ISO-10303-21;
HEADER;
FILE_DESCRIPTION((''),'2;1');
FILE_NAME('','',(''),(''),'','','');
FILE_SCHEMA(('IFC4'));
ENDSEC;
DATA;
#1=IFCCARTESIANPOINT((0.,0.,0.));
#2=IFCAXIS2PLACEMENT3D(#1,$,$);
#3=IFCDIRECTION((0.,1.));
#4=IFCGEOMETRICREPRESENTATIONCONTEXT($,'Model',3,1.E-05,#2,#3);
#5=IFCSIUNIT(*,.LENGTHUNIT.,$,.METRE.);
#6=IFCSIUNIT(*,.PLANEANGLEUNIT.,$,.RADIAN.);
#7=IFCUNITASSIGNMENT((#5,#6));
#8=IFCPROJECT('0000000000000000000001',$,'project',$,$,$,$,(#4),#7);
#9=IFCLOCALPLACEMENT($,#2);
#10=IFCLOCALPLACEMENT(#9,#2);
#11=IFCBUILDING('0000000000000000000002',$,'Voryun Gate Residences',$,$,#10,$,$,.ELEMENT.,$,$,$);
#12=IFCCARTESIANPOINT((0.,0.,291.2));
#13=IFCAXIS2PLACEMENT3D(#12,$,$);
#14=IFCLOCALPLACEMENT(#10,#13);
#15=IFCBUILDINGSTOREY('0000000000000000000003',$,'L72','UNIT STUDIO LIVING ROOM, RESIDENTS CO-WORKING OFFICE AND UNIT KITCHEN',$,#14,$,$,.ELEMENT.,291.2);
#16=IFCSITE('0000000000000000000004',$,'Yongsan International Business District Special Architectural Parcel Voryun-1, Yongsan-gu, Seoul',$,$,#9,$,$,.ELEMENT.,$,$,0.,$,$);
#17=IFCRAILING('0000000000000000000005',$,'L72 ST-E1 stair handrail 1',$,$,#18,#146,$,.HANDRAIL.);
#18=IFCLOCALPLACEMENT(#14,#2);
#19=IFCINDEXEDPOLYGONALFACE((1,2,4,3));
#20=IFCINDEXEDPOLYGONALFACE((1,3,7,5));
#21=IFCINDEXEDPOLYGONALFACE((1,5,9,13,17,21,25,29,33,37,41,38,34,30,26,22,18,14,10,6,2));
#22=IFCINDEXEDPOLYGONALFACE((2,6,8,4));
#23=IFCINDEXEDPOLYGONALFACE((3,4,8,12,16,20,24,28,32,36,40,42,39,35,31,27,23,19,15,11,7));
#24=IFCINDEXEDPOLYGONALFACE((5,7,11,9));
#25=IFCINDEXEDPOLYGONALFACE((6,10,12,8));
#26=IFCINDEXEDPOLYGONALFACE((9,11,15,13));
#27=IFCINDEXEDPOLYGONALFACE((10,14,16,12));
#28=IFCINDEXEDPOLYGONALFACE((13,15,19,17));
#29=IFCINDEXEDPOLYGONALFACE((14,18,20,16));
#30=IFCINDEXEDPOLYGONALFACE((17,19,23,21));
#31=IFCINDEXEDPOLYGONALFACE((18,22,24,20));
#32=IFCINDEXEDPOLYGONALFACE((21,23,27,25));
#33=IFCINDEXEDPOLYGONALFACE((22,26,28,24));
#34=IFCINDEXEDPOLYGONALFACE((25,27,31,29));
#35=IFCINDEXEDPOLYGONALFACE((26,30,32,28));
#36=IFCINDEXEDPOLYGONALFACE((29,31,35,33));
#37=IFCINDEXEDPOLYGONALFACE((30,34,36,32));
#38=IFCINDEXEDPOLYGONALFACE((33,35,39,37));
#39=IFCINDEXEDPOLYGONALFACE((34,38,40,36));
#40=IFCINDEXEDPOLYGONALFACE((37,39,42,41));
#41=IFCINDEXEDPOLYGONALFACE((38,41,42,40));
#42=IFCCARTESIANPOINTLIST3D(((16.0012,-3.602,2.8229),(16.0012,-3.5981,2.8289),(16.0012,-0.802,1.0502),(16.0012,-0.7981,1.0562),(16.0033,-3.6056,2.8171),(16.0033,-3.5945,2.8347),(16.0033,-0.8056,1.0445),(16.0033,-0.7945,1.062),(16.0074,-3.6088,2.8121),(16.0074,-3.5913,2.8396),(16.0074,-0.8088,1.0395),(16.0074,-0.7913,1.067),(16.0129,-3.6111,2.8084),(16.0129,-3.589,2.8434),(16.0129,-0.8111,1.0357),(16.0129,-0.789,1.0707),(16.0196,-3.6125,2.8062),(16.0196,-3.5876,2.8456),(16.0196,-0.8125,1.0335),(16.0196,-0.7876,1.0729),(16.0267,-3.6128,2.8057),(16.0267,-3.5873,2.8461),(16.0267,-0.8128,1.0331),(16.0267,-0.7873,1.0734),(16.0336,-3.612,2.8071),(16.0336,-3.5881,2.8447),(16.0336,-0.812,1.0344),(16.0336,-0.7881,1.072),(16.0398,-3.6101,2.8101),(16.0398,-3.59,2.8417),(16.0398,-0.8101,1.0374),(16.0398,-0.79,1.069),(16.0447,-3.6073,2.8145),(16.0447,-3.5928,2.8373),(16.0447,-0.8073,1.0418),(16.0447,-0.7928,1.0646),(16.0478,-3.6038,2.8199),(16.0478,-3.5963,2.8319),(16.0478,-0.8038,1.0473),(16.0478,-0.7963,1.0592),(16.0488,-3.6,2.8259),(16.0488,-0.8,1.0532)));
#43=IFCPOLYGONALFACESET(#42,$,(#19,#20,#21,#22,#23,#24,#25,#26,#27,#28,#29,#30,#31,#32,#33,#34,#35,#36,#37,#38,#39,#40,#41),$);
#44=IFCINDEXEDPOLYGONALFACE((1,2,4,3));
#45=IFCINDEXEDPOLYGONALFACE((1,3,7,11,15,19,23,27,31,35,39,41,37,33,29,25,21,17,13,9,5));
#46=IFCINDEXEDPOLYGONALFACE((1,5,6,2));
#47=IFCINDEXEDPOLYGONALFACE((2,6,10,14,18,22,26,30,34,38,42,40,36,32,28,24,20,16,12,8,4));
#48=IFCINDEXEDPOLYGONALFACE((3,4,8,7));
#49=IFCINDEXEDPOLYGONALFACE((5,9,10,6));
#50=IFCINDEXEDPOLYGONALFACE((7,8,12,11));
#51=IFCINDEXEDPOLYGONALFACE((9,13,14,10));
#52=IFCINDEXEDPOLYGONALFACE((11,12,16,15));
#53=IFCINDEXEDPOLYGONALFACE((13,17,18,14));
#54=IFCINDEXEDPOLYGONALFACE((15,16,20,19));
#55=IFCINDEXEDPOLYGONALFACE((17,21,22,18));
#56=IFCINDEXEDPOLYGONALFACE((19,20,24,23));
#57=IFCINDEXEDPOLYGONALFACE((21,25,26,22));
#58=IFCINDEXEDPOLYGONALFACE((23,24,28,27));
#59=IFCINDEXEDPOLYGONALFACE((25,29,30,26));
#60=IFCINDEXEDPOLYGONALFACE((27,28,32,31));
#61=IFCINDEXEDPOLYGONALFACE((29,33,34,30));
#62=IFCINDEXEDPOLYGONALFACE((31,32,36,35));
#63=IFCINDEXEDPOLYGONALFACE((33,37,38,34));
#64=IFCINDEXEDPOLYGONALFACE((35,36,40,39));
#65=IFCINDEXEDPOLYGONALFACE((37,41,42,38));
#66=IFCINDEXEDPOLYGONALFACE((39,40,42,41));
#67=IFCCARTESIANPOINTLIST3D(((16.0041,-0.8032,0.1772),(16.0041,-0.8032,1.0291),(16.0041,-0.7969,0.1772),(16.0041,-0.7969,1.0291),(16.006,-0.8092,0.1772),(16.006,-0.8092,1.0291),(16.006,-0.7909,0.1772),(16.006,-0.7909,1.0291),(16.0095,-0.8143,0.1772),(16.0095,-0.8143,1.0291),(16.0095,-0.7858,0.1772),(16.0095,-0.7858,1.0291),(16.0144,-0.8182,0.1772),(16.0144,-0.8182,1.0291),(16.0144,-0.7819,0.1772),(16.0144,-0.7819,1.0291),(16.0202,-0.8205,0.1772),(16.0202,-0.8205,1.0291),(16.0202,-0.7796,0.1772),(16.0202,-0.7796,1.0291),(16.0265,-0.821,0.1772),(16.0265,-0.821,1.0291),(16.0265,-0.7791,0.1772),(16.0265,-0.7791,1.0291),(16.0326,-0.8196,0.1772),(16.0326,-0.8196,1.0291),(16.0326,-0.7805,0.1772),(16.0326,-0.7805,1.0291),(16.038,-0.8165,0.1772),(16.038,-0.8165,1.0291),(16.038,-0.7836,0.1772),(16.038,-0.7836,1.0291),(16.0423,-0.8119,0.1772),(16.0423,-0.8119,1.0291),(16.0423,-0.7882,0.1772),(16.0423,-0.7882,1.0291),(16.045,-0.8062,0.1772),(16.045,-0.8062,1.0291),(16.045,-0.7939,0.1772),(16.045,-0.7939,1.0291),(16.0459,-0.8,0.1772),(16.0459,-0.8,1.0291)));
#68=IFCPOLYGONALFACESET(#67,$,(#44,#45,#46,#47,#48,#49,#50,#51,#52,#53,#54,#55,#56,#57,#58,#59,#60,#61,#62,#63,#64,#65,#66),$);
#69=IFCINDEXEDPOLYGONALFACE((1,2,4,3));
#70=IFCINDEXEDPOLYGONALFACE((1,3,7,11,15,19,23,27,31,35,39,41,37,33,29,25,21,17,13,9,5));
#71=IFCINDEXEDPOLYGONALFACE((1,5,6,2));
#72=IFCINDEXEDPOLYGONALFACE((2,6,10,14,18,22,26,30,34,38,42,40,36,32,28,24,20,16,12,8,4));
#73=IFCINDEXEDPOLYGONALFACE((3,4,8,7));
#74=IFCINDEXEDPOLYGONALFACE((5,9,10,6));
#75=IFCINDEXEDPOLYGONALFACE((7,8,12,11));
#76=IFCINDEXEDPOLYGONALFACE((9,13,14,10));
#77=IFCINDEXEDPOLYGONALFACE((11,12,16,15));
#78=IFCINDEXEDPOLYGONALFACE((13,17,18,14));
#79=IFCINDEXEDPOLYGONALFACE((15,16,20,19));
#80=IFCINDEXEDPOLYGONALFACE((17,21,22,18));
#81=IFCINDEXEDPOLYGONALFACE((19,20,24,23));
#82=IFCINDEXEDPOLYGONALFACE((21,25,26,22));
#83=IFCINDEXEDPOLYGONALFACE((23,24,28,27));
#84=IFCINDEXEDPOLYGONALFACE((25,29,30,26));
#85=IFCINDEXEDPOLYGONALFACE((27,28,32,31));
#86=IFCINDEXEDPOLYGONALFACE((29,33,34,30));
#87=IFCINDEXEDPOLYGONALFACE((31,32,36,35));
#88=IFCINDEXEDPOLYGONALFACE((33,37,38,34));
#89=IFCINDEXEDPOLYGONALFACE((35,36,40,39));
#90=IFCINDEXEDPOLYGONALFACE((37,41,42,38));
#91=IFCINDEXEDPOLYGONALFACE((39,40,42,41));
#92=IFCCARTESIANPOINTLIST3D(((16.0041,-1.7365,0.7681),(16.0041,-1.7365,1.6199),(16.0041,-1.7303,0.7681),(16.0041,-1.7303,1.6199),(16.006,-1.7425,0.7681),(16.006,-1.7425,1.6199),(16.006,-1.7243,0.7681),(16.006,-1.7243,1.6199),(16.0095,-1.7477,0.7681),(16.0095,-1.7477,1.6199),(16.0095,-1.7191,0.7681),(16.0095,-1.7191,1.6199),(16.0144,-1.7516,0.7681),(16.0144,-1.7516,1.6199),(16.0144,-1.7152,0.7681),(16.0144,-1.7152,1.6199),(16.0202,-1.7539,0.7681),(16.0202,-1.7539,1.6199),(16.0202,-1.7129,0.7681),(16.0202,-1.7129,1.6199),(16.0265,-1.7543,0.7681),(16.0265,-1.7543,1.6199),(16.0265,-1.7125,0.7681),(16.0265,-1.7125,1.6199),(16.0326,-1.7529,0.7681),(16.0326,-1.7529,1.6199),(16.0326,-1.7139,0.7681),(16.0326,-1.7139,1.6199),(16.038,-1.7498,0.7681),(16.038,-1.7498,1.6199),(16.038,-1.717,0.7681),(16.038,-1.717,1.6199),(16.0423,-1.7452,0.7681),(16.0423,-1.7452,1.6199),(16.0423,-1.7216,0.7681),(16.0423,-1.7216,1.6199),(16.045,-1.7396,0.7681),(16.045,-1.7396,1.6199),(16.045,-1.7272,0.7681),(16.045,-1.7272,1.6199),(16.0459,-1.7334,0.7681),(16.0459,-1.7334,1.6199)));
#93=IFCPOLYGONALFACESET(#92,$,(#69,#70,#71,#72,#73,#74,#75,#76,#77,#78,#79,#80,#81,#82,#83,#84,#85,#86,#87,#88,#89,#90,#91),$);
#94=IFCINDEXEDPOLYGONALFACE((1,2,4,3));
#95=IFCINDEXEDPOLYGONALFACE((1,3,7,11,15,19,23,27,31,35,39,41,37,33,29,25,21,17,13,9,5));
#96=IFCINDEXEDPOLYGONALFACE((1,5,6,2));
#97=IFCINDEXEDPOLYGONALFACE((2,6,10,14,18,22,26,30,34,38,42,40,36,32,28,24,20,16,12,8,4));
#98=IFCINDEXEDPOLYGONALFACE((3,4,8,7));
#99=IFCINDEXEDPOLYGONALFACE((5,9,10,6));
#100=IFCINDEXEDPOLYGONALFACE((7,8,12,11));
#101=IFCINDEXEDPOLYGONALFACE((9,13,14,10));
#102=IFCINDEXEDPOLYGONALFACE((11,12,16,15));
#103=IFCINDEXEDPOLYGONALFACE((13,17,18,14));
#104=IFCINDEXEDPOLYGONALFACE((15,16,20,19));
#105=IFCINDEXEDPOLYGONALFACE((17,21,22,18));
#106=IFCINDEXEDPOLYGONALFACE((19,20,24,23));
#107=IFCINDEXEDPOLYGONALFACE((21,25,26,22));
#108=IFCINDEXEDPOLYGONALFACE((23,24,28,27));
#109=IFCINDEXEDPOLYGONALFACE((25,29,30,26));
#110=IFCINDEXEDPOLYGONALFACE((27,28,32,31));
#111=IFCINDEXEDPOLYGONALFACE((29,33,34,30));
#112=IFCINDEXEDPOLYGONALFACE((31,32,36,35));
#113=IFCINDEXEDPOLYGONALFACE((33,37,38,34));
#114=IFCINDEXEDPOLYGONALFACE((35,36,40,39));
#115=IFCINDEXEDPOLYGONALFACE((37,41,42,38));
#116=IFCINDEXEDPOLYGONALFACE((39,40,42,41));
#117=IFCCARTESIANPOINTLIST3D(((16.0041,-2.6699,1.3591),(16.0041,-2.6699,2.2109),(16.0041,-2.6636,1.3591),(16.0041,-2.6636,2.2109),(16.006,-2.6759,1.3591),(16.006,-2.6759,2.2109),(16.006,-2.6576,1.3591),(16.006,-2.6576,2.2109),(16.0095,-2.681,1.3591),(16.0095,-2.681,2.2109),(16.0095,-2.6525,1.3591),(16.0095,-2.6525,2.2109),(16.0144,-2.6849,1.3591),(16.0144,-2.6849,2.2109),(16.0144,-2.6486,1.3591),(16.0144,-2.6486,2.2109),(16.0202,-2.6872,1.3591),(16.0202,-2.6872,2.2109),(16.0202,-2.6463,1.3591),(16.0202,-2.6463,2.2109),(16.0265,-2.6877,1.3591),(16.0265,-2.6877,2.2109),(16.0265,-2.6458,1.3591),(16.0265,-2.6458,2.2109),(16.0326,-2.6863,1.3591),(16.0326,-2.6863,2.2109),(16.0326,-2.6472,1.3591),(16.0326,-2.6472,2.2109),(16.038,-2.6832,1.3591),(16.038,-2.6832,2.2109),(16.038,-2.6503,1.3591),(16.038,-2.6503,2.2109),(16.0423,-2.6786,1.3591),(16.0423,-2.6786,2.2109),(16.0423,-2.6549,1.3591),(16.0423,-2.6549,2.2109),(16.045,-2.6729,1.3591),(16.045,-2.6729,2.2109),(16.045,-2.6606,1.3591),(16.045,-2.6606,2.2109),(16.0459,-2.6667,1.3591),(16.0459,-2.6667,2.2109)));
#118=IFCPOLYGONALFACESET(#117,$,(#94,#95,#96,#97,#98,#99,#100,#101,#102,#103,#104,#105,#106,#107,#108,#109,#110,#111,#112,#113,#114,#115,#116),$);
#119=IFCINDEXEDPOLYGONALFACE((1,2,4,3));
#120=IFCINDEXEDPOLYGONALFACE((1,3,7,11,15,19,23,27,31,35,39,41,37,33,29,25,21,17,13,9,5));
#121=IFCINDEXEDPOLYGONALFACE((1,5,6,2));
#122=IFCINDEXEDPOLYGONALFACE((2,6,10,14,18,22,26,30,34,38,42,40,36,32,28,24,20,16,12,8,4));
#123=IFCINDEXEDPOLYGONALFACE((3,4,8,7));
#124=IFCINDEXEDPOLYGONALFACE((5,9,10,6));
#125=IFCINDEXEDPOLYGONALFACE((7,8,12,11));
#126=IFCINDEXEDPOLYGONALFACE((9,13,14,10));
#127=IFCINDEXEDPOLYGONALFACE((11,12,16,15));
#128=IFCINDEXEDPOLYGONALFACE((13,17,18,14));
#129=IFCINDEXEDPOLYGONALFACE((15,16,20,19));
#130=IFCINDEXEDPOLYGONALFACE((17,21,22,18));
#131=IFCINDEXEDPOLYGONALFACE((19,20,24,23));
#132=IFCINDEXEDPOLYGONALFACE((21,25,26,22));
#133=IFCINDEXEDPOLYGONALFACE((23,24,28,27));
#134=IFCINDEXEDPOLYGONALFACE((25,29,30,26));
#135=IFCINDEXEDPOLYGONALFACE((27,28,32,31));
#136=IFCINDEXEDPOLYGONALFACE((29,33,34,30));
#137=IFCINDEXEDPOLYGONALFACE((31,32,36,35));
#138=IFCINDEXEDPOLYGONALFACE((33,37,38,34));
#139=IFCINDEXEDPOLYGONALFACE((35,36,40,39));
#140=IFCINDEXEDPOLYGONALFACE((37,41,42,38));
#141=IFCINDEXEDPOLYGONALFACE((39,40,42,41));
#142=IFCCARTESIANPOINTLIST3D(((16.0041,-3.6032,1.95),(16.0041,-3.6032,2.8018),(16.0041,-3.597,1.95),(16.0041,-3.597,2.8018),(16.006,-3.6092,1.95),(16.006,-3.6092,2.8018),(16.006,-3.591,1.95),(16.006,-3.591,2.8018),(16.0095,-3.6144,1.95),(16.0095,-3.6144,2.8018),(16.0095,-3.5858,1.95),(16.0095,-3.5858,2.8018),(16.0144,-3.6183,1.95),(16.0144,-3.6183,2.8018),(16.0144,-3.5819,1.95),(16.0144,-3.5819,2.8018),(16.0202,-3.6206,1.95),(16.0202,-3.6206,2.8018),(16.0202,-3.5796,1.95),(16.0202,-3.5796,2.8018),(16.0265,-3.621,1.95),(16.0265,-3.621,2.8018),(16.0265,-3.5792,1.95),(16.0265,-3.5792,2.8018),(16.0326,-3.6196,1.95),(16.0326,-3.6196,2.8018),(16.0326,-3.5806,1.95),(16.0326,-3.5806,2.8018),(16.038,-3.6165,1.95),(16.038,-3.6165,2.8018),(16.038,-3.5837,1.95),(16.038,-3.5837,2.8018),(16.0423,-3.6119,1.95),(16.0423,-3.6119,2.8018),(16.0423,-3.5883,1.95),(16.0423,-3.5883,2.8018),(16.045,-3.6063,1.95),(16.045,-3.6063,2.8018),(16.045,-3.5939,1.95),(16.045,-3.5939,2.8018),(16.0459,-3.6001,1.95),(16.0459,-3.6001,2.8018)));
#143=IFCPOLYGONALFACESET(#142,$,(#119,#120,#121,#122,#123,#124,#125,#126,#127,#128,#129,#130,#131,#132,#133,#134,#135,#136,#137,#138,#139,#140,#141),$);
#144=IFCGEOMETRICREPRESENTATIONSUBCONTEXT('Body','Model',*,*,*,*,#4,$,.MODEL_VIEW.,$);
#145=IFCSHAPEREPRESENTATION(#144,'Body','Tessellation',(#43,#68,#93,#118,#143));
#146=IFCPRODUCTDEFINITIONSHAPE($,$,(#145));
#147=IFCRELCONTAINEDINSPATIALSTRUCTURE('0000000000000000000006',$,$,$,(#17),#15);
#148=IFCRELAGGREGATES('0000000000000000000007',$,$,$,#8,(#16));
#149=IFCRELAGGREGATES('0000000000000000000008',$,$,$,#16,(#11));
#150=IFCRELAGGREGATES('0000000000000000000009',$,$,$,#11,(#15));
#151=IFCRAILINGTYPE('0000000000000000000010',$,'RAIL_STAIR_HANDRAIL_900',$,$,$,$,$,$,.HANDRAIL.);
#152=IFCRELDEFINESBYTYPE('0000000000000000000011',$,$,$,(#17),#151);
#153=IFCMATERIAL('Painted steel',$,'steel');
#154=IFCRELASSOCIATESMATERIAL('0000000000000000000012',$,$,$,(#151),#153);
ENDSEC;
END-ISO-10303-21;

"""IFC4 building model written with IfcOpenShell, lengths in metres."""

from ifc_helpers import new_model, si_unit, direction, frame, origin, origin_2d, place, context, subcontext, project, spatial, circle, extrude, material, type_object, element, save


model = new_model("IFC4")

# Units and contexts
model_context = context("Model", 3, precision=1e-05, world=origin(), true_north=direction((0.0, 1.0)))
body_context = subcontext(model_context, "Body", "Model", "MODEL_VIEW")
ifc_project = project(units=[si_unit("LENGTHUNIT", "METRE"), si_unit("PLANEANGLEUNIT", "RADIAN")], contexts=[model_context])

# Site, building, storey
site_placement = place(None, origin())
site = spatial("IfcSite", under=ifc_project, at=site_placement, Name="Yongsan International Business District Special Architectural Parcel Voryun-1, Yongsan-gu, Seoul", CompositionType="ELEMENT", RefElevation=0.0)
building_placement = place(site_placement, origin())
building = spatial("IfcBuilding", under=site, at=building_placement, Name="Voryun Gate Residences", CompositionType="ELEMENT")
storey_placement = place(building_placement, frame((0.0, 0.0, 291.2)))
storey = spatial("IfcBuildingStorey", under=building, at=storey_placement, Name="L72", Description="UNIT STUDIO LIVING ROOM, RESIDENTS CO-WORKING OFFICE AND UNIT KITCHEN", CompositionType="ELEMENT", Elevation=291.2)

# Railing
ifc_material_1 = material(Name="Painted steel", Category="steel")
railing_type_1 = type_object("IfcRailingType", Name="RAIL_STAIR_HANDRAIL_900", PredefinedType="HANDRAIL", material=ifc_material_1)
railing_1_placement = place(storey_placement, frame((16.0249, -0.8, 0.1772)))
element("IfcRailing", 1, at=railing_1_placement, inside=storey, type_object=railing_type_1, Name="L72 ST-E1 stair handrail 1", PredefinedType="HANDRAIL", context=body_context, shape_type="SweptSolid", body=[
    extrude(circle(Radius=0.0239, at=origin_2d()), frame((0.0, 0.0, 0.876), z_axis=(0.0, -0.844909, 0.53491), x_axis=(1.0, 0.0, 0.0)), (0.0, 0.0, 1.0), 3.314),
    extrude(circle(Radius=0.021, at=origin_2d()), origin(), (0.0, 0.0, 1.0), 0.8518),
    extrude(circle(Radius=0.021, at=origin_2d()), frame((0.0, -0.9333, 0.5908)), (0.0, 0.0, 1.0), 0.8518),
    extrude(circle(Radius=0.021, at=origin_2d()), frame((0.0, -1.8667, 1.1819)), (0.0, 0.0, 1.0), 0.8518),
    extrude(circle(Radius=0.021, at=origin_2d()), frame((0.0, -2.8, 1.7727)), (0.0, 0.0, 1.0), 0.8518),
])

save(model, "model.ifc")
